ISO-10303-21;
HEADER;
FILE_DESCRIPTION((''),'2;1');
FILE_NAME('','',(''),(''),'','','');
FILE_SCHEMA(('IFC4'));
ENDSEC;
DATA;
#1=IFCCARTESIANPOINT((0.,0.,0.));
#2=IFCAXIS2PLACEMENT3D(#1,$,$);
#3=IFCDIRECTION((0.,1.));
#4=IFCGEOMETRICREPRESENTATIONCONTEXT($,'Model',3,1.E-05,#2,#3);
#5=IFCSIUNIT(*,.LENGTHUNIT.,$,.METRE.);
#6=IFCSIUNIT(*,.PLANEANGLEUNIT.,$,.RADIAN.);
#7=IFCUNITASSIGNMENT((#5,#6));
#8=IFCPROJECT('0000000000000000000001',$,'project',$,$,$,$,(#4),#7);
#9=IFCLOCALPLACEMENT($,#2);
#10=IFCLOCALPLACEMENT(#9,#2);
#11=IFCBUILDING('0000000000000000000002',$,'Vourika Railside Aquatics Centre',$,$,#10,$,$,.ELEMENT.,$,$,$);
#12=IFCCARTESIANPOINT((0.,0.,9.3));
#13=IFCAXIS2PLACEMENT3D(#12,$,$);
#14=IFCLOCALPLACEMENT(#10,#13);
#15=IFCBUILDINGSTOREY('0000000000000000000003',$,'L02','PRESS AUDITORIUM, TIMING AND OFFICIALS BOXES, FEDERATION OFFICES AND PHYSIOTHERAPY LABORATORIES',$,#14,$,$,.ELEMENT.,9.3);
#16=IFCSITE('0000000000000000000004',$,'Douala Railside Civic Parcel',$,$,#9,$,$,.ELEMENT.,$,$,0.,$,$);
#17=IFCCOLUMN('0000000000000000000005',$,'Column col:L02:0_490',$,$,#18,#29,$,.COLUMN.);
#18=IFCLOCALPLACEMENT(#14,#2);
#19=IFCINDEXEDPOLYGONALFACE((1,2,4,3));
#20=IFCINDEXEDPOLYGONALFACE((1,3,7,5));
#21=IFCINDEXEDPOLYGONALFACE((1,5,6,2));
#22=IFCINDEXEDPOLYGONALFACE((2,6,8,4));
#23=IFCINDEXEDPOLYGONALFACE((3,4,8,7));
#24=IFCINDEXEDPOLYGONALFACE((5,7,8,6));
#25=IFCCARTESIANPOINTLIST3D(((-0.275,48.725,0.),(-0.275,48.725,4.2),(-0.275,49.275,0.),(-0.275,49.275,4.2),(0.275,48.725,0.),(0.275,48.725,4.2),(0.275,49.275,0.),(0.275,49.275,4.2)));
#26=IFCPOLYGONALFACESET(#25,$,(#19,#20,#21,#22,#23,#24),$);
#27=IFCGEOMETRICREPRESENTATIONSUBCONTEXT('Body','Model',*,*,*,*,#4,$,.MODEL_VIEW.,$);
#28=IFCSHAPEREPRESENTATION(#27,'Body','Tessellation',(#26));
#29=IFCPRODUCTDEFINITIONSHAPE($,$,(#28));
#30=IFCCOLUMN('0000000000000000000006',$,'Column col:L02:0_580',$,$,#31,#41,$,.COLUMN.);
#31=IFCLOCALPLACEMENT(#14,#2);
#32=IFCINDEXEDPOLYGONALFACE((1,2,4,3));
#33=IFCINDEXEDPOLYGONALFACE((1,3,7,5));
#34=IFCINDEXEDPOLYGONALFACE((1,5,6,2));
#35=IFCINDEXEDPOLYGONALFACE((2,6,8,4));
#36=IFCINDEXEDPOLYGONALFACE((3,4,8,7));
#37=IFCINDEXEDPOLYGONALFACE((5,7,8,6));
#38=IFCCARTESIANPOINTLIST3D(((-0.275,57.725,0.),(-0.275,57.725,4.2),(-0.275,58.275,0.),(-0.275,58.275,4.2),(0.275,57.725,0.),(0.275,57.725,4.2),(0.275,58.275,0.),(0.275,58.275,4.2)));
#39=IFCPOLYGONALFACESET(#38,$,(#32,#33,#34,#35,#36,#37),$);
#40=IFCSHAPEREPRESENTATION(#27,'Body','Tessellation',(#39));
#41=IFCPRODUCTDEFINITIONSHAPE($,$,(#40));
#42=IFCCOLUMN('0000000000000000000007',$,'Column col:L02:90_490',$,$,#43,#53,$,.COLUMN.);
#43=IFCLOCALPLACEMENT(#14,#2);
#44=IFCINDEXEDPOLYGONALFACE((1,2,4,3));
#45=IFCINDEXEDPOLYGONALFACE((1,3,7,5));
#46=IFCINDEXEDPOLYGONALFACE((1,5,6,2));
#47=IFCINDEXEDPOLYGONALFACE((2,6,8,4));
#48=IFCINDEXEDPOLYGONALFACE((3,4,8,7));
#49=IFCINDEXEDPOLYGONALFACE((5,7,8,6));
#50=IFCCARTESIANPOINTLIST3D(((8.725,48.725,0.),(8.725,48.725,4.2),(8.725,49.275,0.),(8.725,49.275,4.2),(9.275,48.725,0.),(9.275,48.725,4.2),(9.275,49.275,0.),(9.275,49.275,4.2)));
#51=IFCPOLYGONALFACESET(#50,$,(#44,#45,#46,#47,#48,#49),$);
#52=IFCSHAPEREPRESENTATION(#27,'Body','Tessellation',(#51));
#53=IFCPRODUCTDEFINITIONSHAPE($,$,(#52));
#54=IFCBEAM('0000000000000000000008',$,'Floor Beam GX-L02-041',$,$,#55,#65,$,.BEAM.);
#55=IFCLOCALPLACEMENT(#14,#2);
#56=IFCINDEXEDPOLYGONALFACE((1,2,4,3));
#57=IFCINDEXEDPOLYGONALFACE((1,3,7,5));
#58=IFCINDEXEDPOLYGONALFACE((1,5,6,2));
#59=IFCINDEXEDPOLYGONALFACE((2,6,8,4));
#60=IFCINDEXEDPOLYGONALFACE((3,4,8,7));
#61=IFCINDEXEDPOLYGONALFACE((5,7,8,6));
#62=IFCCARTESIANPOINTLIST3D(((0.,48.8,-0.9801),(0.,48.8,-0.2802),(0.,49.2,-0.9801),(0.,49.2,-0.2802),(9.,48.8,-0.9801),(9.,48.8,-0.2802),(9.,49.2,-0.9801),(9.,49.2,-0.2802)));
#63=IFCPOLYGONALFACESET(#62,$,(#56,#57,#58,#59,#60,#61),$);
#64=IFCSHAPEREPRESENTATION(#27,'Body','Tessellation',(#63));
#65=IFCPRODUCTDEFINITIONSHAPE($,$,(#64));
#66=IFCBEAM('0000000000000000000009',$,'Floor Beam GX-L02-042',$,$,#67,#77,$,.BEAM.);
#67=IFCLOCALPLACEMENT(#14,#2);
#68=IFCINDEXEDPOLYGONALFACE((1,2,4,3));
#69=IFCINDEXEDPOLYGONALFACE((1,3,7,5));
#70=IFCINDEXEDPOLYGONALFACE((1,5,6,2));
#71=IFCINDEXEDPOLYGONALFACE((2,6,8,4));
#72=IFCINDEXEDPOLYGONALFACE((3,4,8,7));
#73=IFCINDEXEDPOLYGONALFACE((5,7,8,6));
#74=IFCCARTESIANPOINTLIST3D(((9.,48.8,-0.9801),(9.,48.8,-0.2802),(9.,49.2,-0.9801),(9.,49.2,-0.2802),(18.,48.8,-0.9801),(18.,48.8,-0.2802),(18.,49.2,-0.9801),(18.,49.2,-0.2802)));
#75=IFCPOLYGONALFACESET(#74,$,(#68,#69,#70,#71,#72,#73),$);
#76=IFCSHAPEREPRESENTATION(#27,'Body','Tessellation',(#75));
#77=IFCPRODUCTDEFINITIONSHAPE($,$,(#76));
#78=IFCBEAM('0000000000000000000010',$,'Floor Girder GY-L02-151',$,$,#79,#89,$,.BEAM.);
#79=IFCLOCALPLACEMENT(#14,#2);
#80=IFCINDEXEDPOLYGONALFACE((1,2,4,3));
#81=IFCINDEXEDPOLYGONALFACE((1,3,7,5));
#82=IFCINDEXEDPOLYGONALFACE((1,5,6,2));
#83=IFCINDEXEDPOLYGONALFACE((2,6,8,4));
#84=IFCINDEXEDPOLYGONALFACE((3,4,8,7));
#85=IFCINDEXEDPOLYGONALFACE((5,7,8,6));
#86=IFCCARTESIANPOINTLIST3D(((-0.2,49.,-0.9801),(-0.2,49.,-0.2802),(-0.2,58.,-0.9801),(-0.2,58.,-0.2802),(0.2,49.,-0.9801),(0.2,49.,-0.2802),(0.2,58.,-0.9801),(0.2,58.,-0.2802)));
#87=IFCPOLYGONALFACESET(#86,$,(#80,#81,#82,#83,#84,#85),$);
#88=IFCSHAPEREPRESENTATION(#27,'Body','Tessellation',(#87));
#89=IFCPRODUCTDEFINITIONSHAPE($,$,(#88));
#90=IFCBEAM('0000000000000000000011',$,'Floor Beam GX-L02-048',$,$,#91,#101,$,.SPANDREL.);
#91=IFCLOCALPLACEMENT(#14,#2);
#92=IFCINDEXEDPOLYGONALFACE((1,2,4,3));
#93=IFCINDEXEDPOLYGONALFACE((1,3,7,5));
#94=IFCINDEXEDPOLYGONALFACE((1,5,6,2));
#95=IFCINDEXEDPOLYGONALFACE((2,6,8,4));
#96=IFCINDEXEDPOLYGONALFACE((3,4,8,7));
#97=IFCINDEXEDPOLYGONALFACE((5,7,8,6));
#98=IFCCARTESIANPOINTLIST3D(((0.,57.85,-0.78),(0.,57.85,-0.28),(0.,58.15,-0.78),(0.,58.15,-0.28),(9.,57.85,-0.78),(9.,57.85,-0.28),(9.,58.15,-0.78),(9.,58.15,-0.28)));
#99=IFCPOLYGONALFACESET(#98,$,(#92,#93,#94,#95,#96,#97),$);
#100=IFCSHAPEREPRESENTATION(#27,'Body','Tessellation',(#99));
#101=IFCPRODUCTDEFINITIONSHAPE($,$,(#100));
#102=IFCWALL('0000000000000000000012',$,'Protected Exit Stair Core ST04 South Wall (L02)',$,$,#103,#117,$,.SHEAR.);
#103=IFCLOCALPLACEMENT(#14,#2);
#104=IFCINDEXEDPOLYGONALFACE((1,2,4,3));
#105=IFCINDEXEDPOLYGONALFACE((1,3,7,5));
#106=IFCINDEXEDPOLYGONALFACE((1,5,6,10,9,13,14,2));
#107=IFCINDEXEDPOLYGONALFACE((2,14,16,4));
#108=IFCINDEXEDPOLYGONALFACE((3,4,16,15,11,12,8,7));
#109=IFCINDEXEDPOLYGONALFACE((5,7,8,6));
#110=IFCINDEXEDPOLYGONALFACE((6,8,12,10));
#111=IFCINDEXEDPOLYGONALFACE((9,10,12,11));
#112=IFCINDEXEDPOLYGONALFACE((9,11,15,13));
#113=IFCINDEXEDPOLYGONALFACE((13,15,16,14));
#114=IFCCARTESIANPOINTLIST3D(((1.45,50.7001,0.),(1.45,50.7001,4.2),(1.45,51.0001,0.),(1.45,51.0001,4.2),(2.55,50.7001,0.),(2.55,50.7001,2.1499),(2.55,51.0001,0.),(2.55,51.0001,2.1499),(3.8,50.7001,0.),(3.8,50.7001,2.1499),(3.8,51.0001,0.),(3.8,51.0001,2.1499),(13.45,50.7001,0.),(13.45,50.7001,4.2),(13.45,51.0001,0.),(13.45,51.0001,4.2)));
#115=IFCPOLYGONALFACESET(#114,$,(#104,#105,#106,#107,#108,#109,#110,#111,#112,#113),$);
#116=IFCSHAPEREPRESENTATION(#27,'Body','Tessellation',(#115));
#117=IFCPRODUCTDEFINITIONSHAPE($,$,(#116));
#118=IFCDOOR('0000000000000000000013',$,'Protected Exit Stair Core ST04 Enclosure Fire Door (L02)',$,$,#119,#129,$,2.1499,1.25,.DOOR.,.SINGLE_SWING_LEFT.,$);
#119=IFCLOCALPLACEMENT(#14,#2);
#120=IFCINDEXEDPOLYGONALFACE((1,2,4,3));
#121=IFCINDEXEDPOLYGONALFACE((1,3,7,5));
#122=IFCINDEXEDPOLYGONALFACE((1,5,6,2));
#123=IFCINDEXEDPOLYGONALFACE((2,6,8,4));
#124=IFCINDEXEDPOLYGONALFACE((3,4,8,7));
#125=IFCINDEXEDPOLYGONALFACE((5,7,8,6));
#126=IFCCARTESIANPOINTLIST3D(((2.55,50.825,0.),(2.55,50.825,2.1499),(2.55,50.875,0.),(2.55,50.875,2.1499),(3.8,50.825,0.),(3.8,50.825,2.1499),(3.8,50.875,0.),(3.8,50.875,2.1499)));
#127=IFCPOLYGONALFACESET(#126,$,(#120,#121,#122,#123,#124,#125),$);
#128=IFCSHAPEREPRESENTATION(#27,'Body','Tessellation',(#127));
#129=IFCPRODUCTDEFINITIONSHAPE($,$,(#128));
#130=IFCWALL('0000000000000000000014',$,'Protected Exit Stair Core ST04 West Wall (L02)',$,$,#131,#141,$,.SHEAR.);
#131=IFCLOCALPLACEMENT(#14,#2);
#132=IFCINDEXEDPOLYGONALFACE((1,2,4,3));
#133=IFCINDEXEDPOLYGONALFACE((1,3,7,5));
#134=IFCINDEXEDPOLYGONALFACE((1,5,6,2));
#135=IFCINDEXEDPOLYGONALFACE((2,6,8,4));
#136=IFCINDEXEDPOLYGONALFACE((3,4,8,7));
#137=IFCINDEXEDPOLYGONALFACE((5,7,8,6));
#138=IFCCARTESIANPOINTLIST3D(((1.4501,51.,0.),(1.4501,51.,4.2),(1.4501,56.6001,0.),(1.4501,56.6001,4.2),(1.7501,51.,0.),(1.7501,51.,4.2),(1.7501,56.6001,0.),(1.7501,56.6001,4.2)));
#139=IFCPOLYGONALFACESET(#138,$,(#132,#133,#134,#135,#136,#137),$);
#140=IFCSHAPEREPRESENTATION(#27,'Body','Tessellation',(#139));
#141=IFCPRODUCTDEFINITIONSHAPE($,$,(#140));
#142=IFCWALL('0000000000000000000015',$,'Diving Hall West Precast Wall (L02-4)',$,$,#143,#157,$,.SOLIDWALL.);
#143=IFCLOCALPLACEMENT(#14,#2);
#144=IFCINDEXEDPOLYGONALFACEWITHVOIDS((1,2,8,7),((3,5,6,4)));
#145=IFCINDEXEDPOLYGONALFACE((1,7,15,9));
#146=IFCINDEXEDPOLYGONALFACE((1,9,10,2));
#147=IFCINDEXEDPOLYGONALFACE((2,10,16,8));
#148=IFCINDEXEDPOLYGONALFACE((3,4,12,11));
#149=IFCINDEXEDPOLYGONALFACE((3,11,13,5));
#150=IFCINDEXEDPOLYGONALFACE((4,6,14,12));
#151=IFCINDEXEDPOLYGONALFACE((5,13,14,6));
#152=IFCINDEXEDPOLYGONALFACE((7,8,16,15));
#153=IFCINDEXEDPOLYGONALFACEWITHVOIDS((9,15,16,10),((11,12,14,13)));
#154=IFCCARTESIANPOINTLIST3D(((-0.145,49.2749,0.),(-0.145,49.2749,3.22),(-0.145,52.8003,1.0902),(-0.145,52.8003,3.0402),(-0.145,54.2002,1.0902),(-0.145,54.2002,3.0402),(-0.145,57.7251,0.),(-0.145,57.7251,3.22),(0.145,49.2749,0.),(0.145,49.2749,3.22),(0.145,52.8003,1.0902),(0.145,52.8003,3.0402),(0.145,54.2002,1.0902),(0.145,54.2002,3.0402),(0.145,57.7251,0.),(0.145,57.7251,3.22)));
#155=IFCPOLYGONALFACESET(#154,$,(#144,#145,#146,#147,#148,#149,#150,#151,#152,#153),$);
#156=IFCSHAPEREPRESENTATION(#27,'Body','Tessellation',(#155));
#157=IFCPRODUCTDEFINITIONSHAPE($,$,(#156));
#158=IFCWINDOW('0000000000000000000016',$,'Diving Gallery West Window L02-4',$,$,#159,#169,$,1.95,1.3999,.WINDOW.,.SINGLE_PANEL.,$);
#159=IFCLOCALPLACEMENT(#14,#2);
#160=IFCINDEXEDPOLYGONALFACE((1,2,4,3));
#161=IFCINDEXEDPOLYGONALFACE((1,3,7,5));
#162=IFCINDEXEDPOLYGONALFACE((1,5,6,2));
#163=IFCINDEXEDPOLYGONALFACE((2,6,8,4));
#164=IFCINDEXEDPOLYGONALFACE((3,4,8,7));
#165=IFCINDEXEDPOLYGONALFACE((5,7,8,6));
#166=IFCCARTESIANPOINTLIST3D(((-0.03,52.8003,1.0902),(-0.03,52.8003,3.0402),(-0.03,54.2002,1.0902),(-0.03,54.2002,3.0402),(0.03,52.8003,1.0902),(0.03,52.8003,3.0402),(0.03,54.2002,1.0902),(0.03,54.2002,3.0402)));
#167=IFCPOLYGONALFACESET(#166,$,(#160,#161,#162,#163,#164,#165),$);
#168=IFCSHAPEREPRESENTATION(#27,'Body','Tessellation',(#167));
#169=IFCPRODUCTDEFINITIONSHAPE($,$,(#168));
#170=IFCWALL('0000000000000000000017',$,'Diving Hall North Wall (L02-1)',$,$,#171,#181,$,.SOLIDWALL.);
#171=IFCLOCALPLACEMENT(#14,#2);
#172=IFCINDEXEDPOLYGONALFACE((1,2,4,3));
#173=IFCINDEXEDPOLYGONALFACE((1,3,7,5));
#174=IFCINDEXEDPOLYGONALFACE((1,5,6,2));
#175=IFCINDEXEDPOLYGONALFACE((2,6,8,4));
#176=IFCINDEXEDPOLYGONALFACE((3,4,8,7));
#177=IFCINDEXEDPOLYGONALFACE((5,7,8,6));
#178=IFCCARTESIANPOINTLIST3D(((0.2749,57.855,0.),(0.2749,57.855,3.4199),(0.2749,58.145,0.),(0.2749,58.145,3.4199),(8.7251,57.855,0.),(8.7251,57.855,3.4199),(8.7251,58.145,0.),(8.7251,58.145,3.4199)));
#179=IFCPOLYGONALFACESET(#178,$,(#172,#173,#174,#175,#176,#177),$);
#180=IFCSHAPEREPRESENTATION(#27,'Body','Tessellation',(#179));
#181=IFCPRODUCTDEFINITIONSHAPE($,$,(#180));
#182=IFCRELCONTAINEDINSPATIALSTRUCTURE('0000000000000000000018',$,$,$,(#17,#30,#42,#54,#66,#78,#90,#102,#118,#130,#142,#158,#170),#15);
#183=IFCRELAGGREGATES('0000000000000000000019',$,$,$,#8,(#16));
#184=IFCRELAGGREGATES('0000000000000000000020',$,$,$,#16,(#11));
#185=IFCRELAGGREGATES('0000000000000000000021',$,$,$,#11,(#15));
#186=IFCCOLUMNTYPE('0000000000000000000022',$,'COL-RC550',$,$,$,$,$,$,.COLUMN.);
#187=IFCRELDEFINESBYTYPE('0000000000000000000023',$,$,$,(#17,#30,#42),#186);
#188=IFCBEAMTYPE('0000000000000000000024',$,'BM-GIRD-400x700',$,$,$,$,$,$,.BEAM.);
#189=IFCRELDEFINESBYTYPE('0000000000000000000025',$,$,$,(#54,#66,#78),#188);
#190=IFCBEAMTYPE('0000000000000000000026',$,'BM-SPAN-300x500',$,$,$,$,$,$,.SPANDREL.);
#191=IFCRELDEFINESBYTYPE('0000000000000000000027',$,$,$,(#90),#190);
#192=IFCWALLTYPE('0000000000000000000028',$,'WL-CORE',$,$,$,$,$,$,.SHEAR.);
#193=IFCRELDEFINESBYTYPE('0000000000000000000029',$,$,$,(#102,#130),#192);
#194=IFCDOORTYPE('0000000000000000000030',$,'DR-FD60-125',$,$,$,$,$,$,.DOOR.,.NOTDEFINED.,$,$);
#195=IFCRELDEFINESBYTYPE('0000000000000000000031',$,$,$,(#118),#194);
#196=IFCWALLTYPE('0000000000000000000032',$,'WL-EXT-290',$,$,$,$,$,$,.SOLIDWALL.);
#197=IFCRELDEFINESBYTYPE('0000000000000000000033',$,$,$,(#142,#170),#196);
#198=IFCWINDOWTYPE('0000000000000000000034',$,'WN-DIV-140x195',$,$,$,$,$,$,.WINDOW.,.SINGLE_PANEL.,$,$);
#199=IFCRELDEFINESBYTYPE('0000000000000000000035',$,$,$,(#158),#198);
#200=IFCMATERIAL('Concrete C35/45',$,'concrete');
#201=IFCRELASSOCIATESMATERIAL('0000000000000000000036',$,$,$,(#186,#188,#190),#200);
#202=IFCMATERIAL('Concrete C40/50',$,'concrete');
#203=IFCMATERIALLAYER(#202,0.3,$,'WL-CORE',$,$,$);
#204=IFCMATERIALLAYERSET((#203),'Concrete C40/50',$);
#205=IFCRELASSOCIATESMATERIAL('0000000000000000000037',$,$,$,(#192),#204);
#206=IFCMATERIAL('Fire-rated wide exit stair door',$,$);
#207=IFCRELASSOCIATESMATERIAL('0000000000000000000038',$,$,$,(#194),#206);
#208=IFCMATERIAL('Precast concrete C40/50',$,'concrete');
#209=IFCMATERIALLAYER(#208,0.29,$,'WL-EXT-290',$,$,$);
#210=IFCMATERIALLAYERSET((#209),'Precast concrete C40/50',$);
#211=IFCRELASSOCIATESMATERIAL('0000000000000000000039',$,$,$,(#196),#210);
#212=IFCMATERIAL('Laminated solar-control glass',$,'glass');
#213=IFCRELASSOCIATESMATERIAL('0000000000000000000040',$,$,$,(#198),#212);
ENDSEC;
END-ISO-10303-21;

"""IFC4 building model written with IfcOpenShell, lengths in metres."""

from ifc_helpers import new_model, si_unit, direction, frame, frame_2d, origin, origin_2d, place, context, subcontext, project, spatial, rectangle, extrude, material, layer, layer_set, material_profile, profile_set, type_object, element, fill, save


model = new_model("IFC4")

# Units and contexts
model_context = context("Model", 3, precision=1e-05, world=origin(), true_north=direction((0.0, 1.0)))
body_context = subcontext(model_context, "Body", "Model", "MODEL_VIEW")
ifc_project = project(units=[si_unit("LENGTHUNIT", "METRE"), si_unit("PLANEANGLEUNIT", "RADIAN")], contexts=[model_context])

# Site, building, storey
site_placement = place(None, origin())
site = spatial("IfcSite", under=ifc_project, at=site_placement, Name="Douala Railside Civic Parcel", CompositionType="ELEMENT", RefElevation=0.0)
building_placement = place(site_placement, origin())
building = spatial("IfcBuilding", under=site, at=building_placement, Name="Vourika Railside Aquatics Centre", CompositionType="ELEMENT")
storey_placement = place(building_placement, frame((0.0, 0.0, 9.3)))
storey = spatial("IfcBuildingStorey", under=building, at=storey_placement, Name="L02", Description="PRESS AUDITORIUM, TIMING AND OFFICIALS BOXES, FEDERATION OFFICES AND PHYSIOTHERAPY LABORATORIES", CompositionType="ELEMENT", Elevation=9.3)

# Columns
ifc_material_1 = material(Name="Concrete C35/45", Category="concrete")
ifc_material_profile_1 = material_profile(ifc_material_1, rectangle(XDim=0.55, YDim=0.55, at=origin_2d()), Name="RC 550x550")
ifc_profile_set_1 = profile_set([ifc_material_profile_1], Name="Concrete C35/45")
column_type = type_object("IfcColumnType", Name="COL-RC550", PredefinedType="COLUMN", material=ifc_profile_set_1)
for number, where, z_axis, x_axis, name in (
    (1, (0.0, 49.0, 0.0), (0.0, 0.0, 1.0), (1.0, 0.0, 0.0), "Column col:L02:0_490"),
    (2, (0.0, 58.0, 0.0), (0.0, 0.0, 1.0), (1.0, 0.0, 0.0), "Column col:L02:0_580"),
    (3, (9.0, 49.0, 0.0), (0.0, 0.0, 1.0), (1.0, 0.0, 0.0), "Column col:L02:90_490"),
):
    element("IfcColumn", number, at=place(storey_placement, frame(where, z_axis=z_axis, x_axis=x_axis)), inside=storey, type_object=column_type, Name=name, PredefinedType="COLUMN", context=body_context, shape_type="SweptSolid", body=[
        extrude(rectangle(XDim=0.55, YDim=0.55, at=origin_2d()), origin(), (0.0, 0.0, 1.0), 4.2),
    ])

# Beams
ifc_material_profile_2 = material_profile(ifc_material_1, rectangle(XDim=0.3999, YDim=0.7, at=origin_2d()), Name="RC 400x700")
ifc_profile_set_2 = profile_set([ifc_material_profile_2], Name="Concrete C35/45")
beam_type_1 = type_object("IfcBeamType", Name="BM-GIRD-400x700", PredefinedType="BEAM", material=ifc_profile_set_2)
for number, where, z_axis, x_axis, name in (
    (4, (0.0, 49.0, -0.6301), (1.0, 0.0, 0.0), (0.0, 1.0, 0.0), "Floor Beam GX-L02-041"),
    (5, (9.0, 49.0, -0.6301), (1.0, 0.0, 0.0), (0.0, 1.0, 0.0), "Floor Beam GX-L02-042"),
    (6, (0.0, 49.0, -0.6301), (0.0, 1.0, 0.0), (-1.0, 0.0, 0.0), "Floor Girder GY-L02-151"),
):
    element("IfcBeam", number, at=place(storey_placement, frame(where, z_axis=z_axis, x_axis=x_axis)), inside=storey, type_object=beam_type_1, Name=name, PredefinedType="BEAM", context=body_context, shape_type="SweptSolid", body=[
        extrude(rectangle(XDim=0.3999, YDim=0.7, at=origin_2d()), origin(), (0.0, 0.0, 1.0), 9.0),
    ])
ifc_material_profile_3 = material_profile(ifc_material_1, rectangle(XDim=0.3, YDim=0.5, at=origin_2d()), Name="RC 300x500")
ifc_profile_set_3 = profile_set([ifc_material_profile_3], Name="Concrete C35/45")
beam_type_2 = type_object("IfcBeamType", Name="BM-SPAN-300x500", PredefinedType="SPANDREL", material=ifc_profile_set_3)
beam_placement = place(storey_placement, frame((0.0, 58.0, -0.53), z_axis=(1.0, 0.0, 0.0), x_axis=(0.0, 1.0, 0.0)))
element("IfcBeam", 7, at=beam_placement, inside=storey, type_object=beam_type_2, Name="Floor Beam GX-L02-048", PredefinedType="SPANDREL", context=body_context, shape_type="SweptSolid", body=[
    extrude(rectangle(XDim=0.3, YDim=0.5, at=origin_2d()), origin(), (0.0, 0.0, 1.0), 9.0),
])

# Wall, opening, door
ifc_material_2 = material(Name="Concrete C40/50", Category="concrete")
ifc_layer_1 = layer(ifc_material_2, 0.3, Name="WL-CORE")
ifc_layer_set_1 = layer_set([ifc_layer_1], Name="Concrete C40/50")
wall_type_1 = type_object("IfcWallType", Name="WL-CORE", PredefinedType="SHEAR", material=ifc_layer_set_1)
wall_1_placement = place(storey_placement, frame((1.45, 50.8501, 0.0), z_axis=(0.0, 0.0, 1.0), x_axis=(1.0, 0.0, 0.0)))
wall_1 = element("IfcWall", 8, at=wall_1_placement, inside=storey, type_object=wall_type_1, Name="Protected Exit Stair Core ST04 South Wall (L02)", PredefinedType="SHEAR", context=body_context, shape_type="SweptSolid", body=[
    extrude(rectangle(XDim=12.0, YDim=0.3, at=frame_2d((6.0, 0.0))), origin(), (0.0, 0.0, 1.0), 4.2),
])
opening_1_placement = place(wall_1_placement, frame((1.1001, 0.0, 0.0)))
opening_1 = element("IfcOpeningElement", 9, at=opening_1_placement, cuts=wall_1, PredefinedType="OPENING", context=body_context, shape_type="SweptSolid", body=[
    extrude(rectangle(XDim=1.25, YDim=2.1499, at=frame_2d((0.625, 1.075))), frame((0.0, 0.1602, 0.0), z_axis=(0.0, -1.0, 0.0), x_axis=(1.0, 0.0, 0.0)), (0.0, 0.0, 1.0), 0.3201),
])
ifc_material_3 = material(Name="Fire-rated wide exit stair door")
door_type = type_object("IfcDoorType", Name="DR-FD60-125", OperationType="NOTDEFINED", PredefinedType="DOOR", material=ifc_material_3)
door_placement = place(opening_1_placement, origin())
door = element("IfcDoor", 10, at=door_placement, inside=storey, type_object=door_type, Name="Protected Exit Stair Core ST04 Enclosure Fire Door (L02)", OperationType="SINGLE_SWING_LEFT", OverallHeight=2.1499, OverallWidth=1.25, PredefinedType="DOOR", context=body_context, shape_type="SweptSolid", body=[
    extrude(rectangle(XDim=1.25, YDim=2.1499, at=frame_2d((0.625, 1.075))), frame((0.0, 0.0249, 0.0), z_axis=(0.0, -1.0, 0.0), x_axis=(1.0, 0.0, 0.0)), (0.0, 0.0, 1.0), 0.05),
])
fill(opening_1, door)

# Wall
wall_2_placement = place(storey_placement, frame((1.6001, 56.6001, 0.0), z_axis=(0.0, 0.0, 1.0), x_axis=(0.0, -1.0, 0.0)))
element("IfcWall", 11, at=wall_2_placement, inside=storey, type_object=wall_type_1, Name="Protected Exit Stair Core ST04 West Wall (L02)", PredefinedType="SHEAR", context=body_context, shape_type="SweptSolid", body=[
    extrude(rectangle(XDim=5.6001, YDim=0.3, at=frame_2d((2.8, 0.0))), origin(), (0.0, 0.0, 1.0), 4.2),
])

# Wall, opening, window
ifc_material_4 = material(Name="Precast concrete C40/50", Category="concrete")
ifc_layer_2 = layer(ifc_material_4, 0.29, Name="WL-EXT-290")
ifc_layer_set_2 = layer_set([ifc_layer_2], Name="Precast concrete C40/50")
wall_type_2 = type_object("IfcWallType", Name="WL-EXT-290", PredefinedType="SOLIDWALL", material=ifc_layer_set_2)
wall_3_placement = place(storey_placement, frame((0.0, 57.7251, 0.0), z_axis=(0.0, 0.0, 1.0), x_axis=(0.0, -1.0, 0.0)))
wall_3 = element("IfcWall", 12, at=wall_3_placement, inside=storey, type_object=wall_type_2, Name="Diving Hall West Precast Wall (L02-4)", PredefinedType="SOLIDWALL", context=body_context, shape_type="SweptSolid", body=[
    extrude(rectangle(XDim=8.4502, YDim=0.29, at=frame_2d((4.2251, 0.0))), origin(), (0.0, 0.0, 1.0), 3.22),
])
opening_2_placement = place(wall_3_placement, frame((3.5249, 0.0, 1.0901)))
opening_2 = element("IfcOpeningElement", 13, at=opening_2_placement, cuts=wall_3, PredefinedType="OPENING", context=body_context, shape_type="SweptSolid", body=[
    extrude(rectangle(XDim=1.3999, YDim=1.95, at=frame_2d((0.7, 0.9751))), frame((0.0, 0.155, 0.0), z_axis=(0.0, -1.0, 0.0), x_axis=(1.0, 0.0, 0.0)), (0.0, 0.0, 1.0), 0.3101),
])
ifc_material_5 = material(Name="Laminated solar-control glass", Category="glass")
window_type = type_object("IfcWindowType", Name="WN-DIV-140x195", PartitioningType="SINGLE_PANEL", PredefinedType="WINDOW", material=ifc_material_5)
window_placement = place(opening_2_placement, origin())
window = element("IfcWindow", 14, at=window_placement, inside=storey, type_object=window_type, Name="Diving Gallery West Window L02-4", OverallHeight=1.95, OverallWidth=1.3999, PartitioningType="SINGLE_PANEL", PredefinedType="WINDOW", context=body_context, shape_type="SweptSolid", body=[
    extrude(rectangle(XDim=1.3999, YDim=1.95, at=frame_2d((0.7, 0.9751))), frame((0.0, 0.03, 0.0), z_axis=(0.0, -1.0, 0.0), x_axis=(1.0, 0.0, 0.0)), (0.0, 0.0, 1.0), 0.0601),
])
fill(opening_2, window)

# Wall
wall_4_placement = place(storey_placement, frame((8.7251, 58.0, 0.0), z_axis=(0.0, 0.0, 1.0), x_axis=(-1.0, 0.0, 0.0)))
element("IfcWall", 15, at=wall_4_placement, inside=storey, type_object=wall_type_2, Name="Diving Hall North Wall (L02-1)", PredefinedType="SOLIDWALL", context=body_context, shape_type="SweptSolid", body=[
    extrude(rectangle(XDim=8.4502, YDim=0.29, at=frame_2d((4.2251, 0.0))), origin(), (0.0, 0.0, 1.0), 3.4199),
])

save(model, "model.ifc")
